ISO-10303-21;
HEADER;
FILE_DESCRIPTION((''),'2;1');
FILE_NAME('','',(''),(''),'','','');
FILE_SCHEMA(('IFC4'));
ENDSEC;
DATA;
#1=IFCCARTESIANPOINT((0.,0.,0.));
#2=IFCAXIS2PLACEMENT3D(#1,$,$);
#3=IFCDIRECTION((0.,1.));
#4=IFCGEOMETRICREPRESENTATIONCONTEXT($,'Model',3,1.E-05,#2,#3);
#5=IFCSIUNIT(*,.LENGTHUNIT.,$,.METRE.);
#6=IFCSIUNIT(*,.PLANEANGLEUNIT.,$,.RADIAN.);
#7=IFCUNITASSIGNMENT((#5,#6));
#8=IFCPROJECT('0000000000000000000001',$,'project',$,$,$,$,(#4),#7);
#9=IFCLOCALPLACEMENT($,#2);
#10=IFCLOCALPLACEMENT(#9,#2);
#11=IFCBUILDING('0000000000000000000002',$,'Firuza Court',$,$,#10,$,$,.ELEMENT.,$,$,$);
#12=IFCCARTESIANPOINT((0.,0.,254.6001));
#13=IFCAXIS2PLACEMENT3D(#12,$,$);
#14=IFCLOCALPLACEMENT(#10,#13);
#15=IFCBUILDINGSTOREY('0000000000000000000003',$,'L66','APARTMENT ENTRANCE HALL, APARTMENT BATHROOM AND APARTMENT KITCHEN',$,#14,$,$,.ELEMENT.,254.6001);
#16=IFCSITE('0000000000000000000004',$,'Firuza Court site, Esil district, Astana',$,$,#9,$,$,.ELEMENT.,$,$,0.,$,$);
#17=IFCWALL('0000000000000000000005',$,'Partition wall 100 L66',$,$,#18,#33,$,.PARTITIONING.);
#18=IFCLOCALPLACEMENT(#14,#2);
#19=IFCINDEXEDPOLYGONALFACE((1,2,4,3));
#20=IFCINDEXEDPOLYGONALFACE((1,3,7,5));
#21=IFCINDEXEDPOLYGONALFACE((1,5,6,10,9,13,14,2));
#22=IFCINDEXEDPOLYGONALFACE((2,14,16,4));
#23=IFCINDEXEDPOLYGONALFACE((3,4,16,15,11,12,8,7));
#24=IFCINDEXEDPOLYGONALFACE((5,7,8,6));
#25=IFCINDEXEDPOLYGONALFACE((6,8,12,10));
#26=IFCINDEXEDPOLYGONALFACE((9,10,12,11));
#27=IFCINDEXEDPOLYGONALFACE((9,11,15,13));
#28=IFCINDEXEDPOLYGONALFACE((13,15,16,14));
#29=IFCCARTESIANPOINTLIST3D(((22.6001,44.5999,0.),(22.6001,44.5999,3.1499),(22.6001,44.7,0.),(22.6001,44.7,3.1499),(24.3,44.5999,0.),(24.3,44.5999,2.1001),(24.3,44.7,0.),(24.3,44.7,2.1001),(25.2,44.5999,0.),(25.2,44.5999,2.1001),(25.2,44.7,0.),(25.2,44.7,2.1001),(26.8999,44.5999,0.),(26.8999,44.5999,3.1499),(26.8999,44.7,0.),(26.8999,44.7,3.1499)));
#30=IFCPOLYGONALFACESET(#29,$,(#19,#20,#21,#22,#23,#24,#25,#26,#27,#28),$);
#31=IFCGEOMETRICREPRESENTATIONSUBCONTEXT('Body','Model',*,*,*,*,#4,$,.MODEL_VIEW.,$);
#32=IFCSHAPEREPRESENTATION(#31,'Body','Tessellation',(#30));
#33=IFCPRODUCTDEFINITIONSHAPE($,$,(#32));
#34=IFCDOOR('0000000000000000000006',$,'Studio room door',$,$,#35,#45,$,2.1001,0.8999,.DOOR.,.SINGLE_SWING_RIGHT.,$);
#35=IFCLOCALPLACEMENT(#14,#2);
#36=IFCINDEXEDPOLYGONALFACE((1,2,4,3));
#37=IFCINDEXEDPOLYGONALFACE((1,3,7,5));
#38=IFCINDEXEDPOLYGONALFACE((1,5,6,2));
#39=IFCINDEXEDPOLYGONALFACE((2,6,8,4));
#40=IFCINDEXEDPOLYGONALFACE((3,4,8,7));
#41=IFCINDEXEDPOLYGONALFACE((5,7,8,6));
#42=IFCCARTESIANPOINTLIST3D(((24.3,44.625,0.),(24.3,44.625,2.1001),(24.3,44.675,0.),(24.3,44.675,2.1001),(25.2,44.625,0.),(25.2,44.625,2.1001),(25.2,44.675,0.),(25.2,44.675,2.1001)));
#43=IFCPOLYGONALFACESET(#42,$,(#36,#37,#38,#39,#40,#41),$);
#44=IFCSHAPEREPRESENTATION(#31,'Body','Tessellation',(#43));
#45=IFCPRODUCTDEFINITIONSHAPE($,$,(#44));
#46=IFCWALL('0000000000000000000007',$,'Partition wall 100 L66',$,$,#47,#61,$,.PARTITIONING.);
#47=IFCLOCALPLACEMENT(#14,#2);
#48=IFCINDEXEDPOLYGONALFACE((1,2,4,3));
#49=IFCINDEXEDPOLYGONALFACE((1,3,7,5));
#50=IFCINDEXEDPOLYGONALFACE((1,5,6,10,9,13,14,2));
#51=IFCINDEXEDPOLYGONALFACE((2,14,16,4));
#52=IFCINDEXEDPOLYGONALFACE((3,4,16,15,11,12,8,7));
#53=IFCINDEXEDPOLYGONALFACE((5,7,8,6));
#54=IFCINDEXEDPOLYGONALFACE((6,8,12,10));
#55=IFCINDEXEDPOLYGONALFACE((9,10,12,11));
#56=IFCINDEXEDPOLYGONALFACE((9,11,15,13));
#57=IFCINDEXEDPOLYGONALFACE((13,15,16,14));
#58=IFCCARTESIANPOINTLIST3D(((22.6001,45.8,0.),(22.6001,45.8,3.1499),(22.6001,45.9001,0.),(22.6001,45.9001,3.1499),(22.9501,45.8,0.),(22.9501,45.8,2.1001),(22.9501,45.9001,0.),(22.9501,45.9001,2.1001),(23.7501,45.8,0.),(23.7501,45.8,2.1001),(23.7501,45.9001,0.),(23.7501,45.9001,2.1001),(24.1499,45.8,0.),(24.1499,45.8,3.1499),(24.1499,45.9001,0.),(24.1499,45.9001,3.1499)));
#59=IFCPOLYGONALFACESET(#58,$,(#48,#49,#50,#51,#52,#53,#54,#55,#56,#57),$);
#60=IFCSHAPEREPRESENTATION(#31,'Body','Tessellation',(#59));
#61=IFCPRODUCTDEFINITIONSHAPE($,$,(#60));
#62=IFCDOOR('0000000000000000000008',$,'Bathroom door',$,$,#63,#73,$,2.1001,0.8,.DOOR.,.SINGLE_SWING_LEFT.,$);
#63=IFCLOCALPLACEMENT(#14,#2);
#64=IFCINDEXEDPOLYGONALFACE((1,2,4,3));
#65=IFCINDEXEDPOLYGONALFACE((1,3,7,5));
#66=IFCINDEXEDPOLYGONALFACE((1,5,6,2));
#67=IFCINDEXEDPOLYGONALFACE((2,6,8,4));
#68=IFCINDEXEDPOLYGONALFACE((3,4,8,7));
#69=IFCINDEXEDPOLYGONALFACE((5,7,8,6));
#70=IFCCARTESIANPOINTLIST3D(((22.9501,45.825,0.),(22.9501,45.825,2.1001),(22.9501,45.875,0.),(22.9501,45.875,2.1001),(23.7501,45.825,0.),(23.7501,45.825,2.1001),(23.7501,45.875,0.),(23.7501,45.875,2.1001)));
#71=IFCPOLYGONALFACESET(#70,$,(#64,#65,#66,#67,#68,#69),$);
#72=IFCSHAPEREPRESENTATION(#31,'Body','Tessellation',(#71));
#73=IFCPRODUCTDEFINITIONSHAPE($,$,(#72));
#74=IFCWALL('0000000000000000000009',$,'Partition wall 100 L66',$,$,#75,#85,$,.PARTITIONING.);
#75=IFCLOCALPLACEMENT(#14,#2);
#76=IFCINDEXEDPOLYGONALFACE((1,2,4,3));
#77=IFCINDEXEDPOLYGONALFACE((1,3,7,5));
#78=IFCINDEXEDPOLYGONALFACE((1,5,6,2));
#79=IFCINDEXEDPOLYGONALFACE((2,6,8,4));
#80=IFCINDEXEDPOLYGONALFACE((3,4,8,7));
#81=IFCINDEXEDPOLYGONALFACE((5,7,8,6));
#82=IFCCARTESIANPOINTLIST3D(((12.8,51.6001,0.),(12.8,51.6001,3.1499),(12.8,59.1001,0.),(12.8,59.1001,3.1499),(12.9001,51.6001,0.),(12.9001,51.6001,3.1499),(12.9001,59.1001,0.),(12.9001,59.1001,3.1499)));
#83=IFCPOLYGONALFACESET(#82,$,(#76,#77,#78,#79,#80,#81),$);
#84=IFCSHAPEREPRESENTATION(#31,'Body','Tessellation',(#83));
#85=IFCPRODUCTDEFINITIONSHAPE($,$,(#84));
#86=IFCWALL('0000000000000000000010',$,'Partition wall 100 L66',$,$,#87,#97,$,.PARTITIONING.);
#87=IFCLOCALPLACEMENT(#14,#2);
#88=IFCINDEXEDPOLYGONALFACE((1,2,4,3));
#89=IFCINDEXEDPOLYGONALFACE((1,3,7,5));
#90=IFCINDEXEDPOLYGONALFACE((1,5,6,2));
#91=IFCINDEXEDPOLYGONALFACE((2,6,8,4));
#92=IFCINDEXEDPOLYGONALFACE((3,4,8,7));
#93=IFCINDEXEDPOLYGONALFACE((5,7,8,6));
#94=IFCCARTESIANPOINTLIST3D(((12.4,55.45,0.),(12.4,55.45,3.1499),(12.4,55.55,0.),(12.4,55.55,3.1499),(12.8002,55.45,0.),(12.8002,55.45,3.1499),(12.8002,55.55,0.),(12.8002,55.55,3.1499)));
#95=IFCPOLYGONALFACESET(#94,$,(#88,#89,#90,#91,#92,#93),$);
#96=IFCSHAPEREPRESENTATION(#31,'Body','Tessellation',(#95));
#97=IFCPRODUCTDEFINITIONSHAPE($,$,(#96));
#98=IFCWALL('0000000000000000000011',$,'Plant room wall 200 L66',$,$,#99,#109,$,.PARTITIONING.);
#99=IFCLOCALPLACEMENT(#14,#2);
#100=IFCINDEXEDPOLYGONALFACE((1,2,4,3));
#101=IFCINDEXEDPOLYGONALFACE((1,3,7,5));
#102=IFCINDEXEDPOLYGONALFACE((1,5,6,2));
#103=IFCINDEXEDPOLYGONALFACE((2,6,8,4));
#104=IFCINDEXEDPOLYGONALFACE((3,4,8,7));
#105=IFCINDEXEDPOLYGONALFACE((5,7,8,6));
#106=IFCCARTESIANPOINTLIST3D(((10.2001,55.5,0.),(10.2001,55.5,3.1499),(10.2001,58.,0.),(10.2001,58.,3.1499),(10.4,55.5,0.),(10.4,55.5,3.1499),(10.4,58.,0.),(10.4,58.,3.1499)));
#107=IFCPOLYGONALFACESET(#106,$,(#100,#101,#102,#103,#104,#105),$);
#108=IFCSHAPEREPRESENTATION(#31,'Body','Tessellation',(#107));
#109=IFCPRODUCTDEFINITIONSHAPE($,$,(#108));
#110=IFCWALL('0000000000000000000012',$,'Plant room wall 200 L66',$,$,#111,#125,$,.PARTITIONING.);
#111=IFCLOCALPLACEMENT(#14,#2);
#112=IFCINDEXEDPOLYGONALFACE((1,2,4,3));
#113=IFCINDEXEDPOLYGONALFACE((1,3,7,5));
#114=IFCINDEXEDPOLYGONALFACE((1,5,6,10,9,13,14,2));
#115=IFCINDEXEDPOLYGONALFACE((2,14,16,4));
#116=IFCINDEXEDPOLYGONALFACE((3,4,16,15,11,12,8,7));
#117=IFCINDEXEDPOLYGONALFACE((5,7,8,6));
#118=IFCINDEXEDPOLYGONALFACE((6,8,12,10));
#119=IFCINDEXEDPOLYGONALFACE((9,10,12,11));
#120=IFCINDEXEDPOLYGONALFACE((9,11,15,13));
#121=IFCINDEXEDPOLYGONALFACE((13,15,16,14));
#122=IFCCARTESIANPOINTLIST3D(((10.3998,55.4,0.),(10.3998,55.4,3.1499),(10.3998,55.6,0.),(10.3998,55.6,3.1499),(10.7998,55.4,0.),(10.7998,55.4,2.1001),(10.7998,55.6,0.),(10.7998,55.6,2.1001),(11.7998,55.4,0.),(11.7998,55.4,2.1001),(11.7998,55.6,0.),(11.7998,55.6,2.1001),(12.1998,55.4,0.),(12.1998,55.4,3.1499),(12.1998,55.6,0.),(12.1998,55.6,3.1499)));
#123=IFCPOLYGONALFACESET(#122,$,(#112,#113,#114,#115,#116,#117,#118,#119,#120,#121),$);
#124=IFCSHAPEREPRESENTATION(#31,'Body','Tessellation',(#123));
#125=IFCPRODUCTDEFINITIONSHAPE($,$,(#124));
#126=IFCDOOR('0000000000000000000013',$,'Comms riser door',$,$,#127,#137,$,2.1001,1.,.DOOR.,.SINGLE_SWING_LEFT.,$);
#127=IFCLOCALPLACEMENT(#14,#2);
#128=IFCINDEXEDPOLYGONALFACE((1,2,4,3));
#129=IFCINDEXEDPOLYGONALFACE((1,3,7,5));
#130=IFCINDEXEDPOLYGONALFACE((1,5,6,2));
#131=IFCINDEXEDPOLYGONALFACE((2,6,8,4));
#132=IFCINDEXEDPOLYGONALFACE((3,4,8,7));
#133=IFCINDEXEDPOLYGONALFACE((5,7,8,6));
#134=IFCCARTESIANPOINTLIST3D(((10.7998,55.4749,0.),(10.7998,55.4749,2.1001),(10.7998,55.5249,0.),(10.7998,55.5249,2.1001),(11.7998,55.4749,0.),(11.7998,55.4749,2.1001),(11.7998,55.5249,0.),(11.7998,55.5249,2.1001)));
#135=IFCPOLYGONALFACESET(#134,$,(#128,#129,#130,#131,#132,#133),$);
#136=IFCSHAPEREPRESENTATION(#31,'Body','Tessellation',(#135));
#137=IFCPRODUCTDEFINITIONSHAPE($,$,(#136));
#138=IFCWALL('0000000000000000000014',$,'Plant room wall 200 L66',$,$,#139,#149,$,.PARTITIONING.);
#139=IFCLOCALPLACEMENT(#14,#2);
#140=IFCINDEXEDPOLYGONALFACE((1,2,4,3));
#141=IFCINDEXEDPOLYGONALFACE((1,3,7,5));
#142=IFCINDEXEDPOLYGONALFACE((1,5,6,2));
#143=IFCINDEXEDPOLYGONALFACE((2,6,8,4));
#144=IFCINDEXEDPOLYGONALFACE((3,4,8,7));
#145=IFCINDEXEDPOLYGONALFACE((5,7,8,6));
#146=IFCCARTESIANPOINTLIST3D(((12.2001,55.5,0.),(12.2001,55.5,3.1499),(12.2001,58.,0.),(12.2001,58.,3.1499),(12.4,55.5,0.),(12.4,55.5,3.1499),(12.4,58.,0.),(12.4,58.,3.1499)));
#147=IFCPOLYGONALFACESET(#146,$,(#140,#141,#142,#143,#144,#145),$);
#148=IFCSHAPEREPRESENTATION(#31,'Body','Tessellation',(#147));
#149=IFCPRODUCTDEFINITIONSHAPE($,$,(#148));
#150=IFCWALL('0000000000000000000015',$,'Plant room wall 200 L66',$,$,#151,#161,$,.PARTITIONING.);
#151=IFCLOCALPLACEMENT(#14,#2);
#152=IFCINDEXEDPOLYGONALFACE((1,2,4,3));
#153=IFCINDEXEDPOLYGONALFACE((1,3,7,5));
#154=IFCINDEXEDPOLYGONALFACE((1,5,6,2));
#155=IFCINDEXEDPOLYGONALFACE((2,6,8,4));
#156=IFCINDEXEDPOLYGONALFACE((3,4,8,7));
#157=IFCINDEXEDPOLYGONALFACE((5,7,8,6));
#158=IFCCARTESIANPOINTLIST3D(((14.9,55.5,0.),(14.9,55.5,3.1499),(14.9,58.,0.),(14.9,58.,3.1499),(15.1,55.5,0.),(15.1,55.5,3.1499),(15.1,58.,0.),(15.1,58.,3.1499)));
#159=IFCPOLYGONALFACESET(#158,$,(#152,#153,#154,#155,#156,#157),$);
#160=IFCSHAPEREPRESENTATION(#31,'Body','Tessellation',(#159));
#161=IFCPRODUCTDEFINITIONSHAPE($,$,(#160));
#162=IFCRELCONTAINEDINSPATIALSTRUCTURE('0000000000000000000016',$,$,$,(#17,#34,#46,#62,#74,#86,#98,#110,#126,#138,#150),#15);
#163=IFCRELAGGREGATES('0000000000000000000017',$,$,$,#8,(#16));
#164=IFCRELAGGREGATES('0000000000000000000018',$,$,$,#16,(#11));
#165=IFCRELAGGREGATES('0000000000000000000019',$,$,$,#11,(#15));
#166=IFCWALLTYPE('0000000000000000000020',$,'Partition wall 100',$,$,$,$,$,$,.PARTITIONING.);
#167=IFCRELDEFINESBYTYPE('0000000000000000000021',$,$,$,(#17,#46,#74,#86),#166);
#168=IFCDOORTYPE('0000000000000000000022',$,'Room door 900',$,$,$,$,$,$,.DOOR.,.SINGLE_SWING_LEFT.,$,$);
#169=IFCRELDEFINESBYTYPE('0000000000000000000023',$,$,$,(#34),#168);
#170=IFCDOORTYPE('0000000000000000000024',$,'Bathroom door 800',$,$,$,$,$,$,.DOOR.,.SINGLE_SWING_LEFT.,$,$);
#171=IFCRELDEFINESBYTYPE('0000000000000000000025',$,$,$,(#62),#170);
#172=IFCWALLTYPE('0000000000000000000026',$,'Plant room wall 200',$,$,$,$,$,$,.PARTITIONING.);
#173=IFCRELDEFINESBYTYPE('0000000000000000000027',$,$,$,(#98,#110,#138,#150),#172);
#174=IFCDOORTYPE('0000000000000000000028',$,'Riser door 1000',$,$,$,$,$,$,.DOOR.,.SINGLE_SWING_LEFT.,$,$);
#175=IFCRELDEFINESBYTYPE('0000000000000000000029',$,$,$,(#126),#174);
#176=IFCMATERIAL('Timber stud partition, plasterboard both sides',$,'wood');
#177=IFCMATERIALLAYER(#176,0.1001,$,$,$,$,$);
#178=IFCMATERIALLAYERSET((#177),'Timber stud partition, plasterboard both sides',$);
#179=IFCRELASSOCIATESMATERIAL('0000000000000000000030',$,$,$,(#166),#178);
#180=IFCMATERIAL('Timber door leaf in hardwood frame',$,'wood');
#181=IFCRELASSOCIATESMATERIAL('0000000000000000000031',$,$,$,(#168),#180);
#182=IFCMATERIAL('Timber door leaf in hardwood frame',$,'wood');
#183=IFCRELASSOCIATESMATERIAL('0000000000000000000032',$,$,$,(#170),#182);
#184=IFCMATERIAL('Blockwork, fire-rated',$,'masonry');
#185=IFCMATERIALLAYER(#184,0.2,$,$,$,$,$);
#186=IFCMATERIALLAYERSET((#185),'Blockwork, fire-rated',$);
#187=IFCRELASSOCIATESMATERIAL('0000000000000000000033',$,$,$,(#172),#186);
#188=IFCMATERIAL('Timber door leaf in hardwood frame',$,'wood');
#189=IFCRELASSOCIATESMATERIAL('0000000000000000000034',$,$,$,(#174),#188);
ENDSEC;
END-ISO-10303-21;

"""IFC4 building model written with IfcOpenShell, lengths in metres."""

from ifc_helpers import new_model, si_unit, direction, frame, frame_2d, origin, place, context, subcontext, project, spatial, rectangle, extrude, material, layer, layer_set, type_object, element, fill, save


model = new_model("IFC4")

# Units and contexts
model_context = context("Model", 3, precision=1e-05, world=origin(), true_north=direction((0.0, 1.0)))
body_context = subcontext(model_context, "Body", "Model", "MODEL_VIEW")
ifc_project = project(units=[si_unit("LENGTHUNIT", "METRE"), si_unit("PLANEANGLEUNIT", "RADIAN")], contexts=[model_context])

# Site, building, storey
site_placement = place(None, origin())
site = spatial("IfcSite", under=ifc_project, at=site_placement, Name="Firuza Court site, Esil district, Astana", CompositionType="ELEMENT", RefElevation=0.0)
building_placement = place(site_placement, origin())
building = spatial("IfcBuilding", under=site, at=building_placement, Name="Firuza Court", CompositionType="ELEMENT")
storey_placement = place(building_placement, frame((0.0, 0.0, 254.6001)))
storey = spatial("IfcBuildingStorey", under=building, at=storey_placement, Name="L66", Description="APARTMENT ENTRANCE HALL, APARTMENT BATHROOM AND APARTMENT KITCHEN", CompositionType="ELEMENT", Elevation=254.6001)

# Shared definitions
ifc_material_1 = material(Name="Timber stud partition, plasterboard both sides", Category="wood")
ifc_layer_1 = layer(ifc_material_1, 0.1001)
ifc_layer_set_1 = layer_set([ifc_layer_1], Name="Timber stud partition, plasterboard both sides")
wall_type_1 = type_object("IfcWallType", Name="Partition wall 100", PredefinedType="PARTITIONING", material=ifc_layer_set_1)

# Walls, openings, doors
wall_1_placement = place(storey_placement, frame((22.6001, 44.6499, 0.0), z_axis=(0.0, 0.0, 1.0), x_axis=(1.0, 0.0, 0.0)))
wall_1 = element("IfcWall", 1, at=wall_1_placement, inside=storey, type_object=wall_type_1, Name="Partition wall 100 L66", PredefinedType="PARTITIONING", context=body_context, shape_type="SweptSolid", body=[
    extrude(rectangle(XDim=4.2998, YDim=0.1001, at=frame_2d((2.1499, 0.0))), origin(), (0.0, 0.0, 1.0), 3.1499),
])
opening_1_placement = place(wall_1_placement, frame((1.7, 0.0, 0.0)))
opening_1 = element("IfcOpeningElement", 2, at=opening_1_placement, cuts=wall_1, PredefinedType="OPENING", context=body_context, shape_type="SweptSolid", body=[
    extrude(rectangle(XDim=0.8999, YDim=2.1001, at=frame_2d((0.45, 1.05))), frame((0.0, 0.062, 0.0), z_axis=(0.0, -1.0, 0.0), x_axis=(1.0, 0.0, 0.0)), (0.0, 0.0, 1.0), 0.124),
])
ifc_material_2 = material(Name="Timber door leaf in hardwood frame", Category="wood")
door_type_1 = type_object("IfcDoorType", Name="Room door 900", OperationType="SINGLE_SWING_LEFT", PredefinedType="DOOR", material=ifc_material_2)
door_1_placement = place(opening_1_placement, frame((0.8999, 0.0, 0.0), z_axis=(0.0, 0.0, 1.0), x_axis=(-1.0, 0.0, 0.0)))
door_1 = element("IfcDoor", 3, at=door_1_placement, inside=storey, type_object=door_type_1, Name="Studio room door", OperationType="SINGLE_SWING_RIGHT", OverallHeight=2.1001, OverallWidth=0.8999, PredefinedType="DOOR", context=body_context, shape_type="SweptSolid", body=[
    extrude(rectangle(XDim=0.8999, YDim=2.1001, at=frame_2d((0.45, 1.05))), frame((0.0, 0.0249, 0.0), z_axis=(0.0, -1.0, 0.0), x_axis=(1.0, 0.0, 0.0)), (0.0, 0.0, 1.0), 0.05),
])
fill(opening_1, door_1)
wall_2_placement = place(storey_placement, frame((22.6001, 45.8501, 0.0), z_axis=(0.0, 0.0, 1.0), x_axis=(1.0, 0.0, 0.0)))
wall_2 = element("IfcWall", 4, at=wall_2_placement, inside=storey, type_object=wall_type_1, Name="Partition wall 100 L66", PredefinedType="PARTITIONING", context=body_context, shape_type="SweptSolid", body=[
    extrude(rectangle(XDim=1.5498, YDim=0.1001, at=frame_2d((0.7749, 0.0))), origin(), (0.0, 0.0, 1.0), 3.1499),
])
opening_2_placement = place(wall_2_placement, frame((0.3501, 0.0, 0.0)))
opening_2 = element("IfcOpeningElement", 5, at=opening_2_placement, cuts=wall_2, PredefinedType="OPENING", context=body_context, shape_type="SweptSolid", body=[
    extrude(rectangle(XDim=0.8, YDim=2.1001, at=frame_2d((0.3999, 1.05))), frame((0.0, 0.062, 0.0), z_axis=(0.0, -1.0, 0.0), x_axis=(1.0, 0.0, 0.0)), (0.0, 0.0, 1.0), 0.124),
])
ifc_material_3 = material(Name="Timber door leaf in hardwood frame", Category="wood")
door_type_2 = type_object("IfcDoorType", Name="Bathroom door 800", OperationType="SINGLE_SWING_LEFT", PredefinedType="DOOR", material=ifc_material_3)
door_2_placement = place(opening_2_placement, origin())
door_2 = element("IfcDoor", 6, at=door_2_placement, inside=storey, type_object=door_type_2, Name="Bathroom door", OperationType="SINGLE_SWING_LEFT", OverallHeight=2.1001, OverallWidth=0.8, PredefinedType="DOOR", context=body_context, shape_type="SweptSolid", body=[
    extrude(rectangle(XDim=0.8, YDim=2.1001, at=frame_2d((0.3999, 1.05))), frame((0.0, 0.0249, 0.0), z_axis=(0.0, -1.0, 0.0), x_axis=(1.0, 0.0, 0.0)), (0.0, 0.0, 1.0), 0.05),
])
fill(opening_2, door_2)

# Walls
wall_3_placement = place(storey_placement, frame((12.8501, 51.6001, 0.0), z_axis=(0.0, 0.0, 1.0), x_axis=(0.0, 1.0, 0.0)))
element("IfcWall", 7, at=wall_3_placement, inside=storey, type_object=wall_type_1, Name="Partition wall 100 L66", PredefinedType="PARTITIONING", context=body_context, shape_type="SweptSolid", body=[
    extrude(rectangle(XDim=7.5, YDim=0.1001, at=frame_2d((3.75, 0.0))), origin(), (0.0, 0.0, 1.0), 3.1499),
])
wall_4_placement = place(storey_placement, frame((12.3999, 55.5, 0.0), z_axis=(0.0, 0.0, 1.0), x_axis=(1.0, 0.0, 0.0)))
element("IfcWall", 8, at=wall_4_placement, inside=storey, type_object=wall_type_1, Name="Partition wall 100 L66", PredefinedType="PARTITIONING", context=body_context, shape_type="SweptSolid", body=[
    extrude(rectangle(XDim=0.4001, YDim=0.1001, at=frame_2d((0.2002, 0.0))), origin(), (0.0, 0.0, 1.0), 3.1499),
])
ifc_material_4 = material(Name="Blockwork, fire-rated", Category="masonry")
ifc_layer_2 = layer(ifc_material_4, 0.2)
ifc_layer_set_2 = layer_set([ifc_layer_2], Name="Blockwork, fire-rated")
wall_type_2 = type_object("IfcWallType", Name="Plant room wall 200", PredefinedType="PARTITIONING", material=ifc_layer_set_2)
wall_5_placement = place(storey_placement, frame((10.3, 55.5, 0.0), z_axis=(0.0, 0.0, 1.0), x_axis=(0.0, 1.0, 0.0)))
element("IfcWall", 9, at=wall_5_placement, inside=storey, type_object=wall_type_2, Name="Plant room wall 200 L66", PredefinedType="PARTITIONING", context=body_context, shape_type="SweptSolid", body=[
    extrude(rectangle(XDim=2.5, YDim=0.2, at=frame_2d((1.25, 0.0))), origin(), (0.0, 0.0, 1.0), 3.1499),
])

# Wall, opening, door
wall_6_placement = place(storey_placement, frame((10.3999, 55.5, 0.0), z_axis=(0.0, 0.0, 1.0), x_axis=(1.0, 0.0, 0.0)))
wall_6 = element("IfcWall", 10, at=wall_6_placement, inside=storey, type_object=wall_type_2, Name="Plant room wall 200 L66", PredefinedType="PARTITIONING", context=body_context, shape_type="SweptSolid", body=[
    extrude(rectangle(XDim=1.8, YDim=0.2, at=frame_2d((0.8999, 0.0))), origin(), (0.0, 0.0, 1.0), 3.1499),
])
opening_3_placement = place(wall_6_placement, frame((0.3999, 0.0, 0.0)))
opening_3 = element("IfcOpeningElement", 11, at=opening_3_placement, cuts=wall_6, PredefinedType="OPENING", context=body_context, shape_type="SweptSolid", body=[
    extrude(rectangle(XDim=1.0, YDim=2.1001, at=frame_2d((0.5, 1.05))), frame((0.0, 0.1118, 0.0), z_axis=(0.0, -1.0, 0.0), x_axis=(1.0, 0.0, 0.0)), (0.0, 0.0, 1.0), 0.2239),
])
ifc_material_5 = material(Name="Timber door leaf in hardwood frame", Category="wood")
door_type_3 = type_object("IfcDoorType", Name="Riser door 1000", OperationType="SINGLE_SWING_LEFT", PredefinedType="DOOR", material=ifc_material_5)
door_3_placement = place(opening_3_placement, origin())
door_3 = element("IfcDoor", 12, at=door_3_placement, inside=storey, type_object=door_type_3, Name="Comms riser door", OperationType="SINGLE_SWING_LEFT", OverallHeight=2.1001, OverallWidth=1.0, PredefinedType="DOOR", context=body_context, shape_type="SweptSolid", body=[
    extrude(rectangle(XDim=1.0, YDim=2.1001, at=frame_2d((0.5, 1.05))), frame((0.0, 0.0249, 0.0), z_axis=(0.0, -1.0, 0.0), x_axis=(1.0, 0.0, 0.0)), (0.0, 0.0, 1.0), 0.05),
])
fill(opening_3, door_3)

# Walls
for number, where, z_axis, x_axis, name in (
    (13, (12.3, 55.5, 0.0), (0.0, 0.0, 1.0), (0.0, 1.0, 0.0), "Plant room wall 200 L66"),
    (14, (15.0, 55.5, 0.0), (0.0, 0.0, 1.0), (0.0, 1.0, 0.0), "Plant room wall 200 L66"),
):
    element("IfcWall", number, at=place(storey_placement, frame(where, z_axis=z_axis, x_axis=x_axis)), inside=storey, type_object=wall_type_2, Name=name, PredefinedType="PARTITIONING", context=body_context, shape_type="SweptSolid", body=[
        extrude(rectangle(XDim=2.5, YDim=0.2, at=frame_2d((1.25, 0.0))), origin(), (0.0, 0.0, 1.0), 3.1499),
    ])

save(model, "model.ifc")
